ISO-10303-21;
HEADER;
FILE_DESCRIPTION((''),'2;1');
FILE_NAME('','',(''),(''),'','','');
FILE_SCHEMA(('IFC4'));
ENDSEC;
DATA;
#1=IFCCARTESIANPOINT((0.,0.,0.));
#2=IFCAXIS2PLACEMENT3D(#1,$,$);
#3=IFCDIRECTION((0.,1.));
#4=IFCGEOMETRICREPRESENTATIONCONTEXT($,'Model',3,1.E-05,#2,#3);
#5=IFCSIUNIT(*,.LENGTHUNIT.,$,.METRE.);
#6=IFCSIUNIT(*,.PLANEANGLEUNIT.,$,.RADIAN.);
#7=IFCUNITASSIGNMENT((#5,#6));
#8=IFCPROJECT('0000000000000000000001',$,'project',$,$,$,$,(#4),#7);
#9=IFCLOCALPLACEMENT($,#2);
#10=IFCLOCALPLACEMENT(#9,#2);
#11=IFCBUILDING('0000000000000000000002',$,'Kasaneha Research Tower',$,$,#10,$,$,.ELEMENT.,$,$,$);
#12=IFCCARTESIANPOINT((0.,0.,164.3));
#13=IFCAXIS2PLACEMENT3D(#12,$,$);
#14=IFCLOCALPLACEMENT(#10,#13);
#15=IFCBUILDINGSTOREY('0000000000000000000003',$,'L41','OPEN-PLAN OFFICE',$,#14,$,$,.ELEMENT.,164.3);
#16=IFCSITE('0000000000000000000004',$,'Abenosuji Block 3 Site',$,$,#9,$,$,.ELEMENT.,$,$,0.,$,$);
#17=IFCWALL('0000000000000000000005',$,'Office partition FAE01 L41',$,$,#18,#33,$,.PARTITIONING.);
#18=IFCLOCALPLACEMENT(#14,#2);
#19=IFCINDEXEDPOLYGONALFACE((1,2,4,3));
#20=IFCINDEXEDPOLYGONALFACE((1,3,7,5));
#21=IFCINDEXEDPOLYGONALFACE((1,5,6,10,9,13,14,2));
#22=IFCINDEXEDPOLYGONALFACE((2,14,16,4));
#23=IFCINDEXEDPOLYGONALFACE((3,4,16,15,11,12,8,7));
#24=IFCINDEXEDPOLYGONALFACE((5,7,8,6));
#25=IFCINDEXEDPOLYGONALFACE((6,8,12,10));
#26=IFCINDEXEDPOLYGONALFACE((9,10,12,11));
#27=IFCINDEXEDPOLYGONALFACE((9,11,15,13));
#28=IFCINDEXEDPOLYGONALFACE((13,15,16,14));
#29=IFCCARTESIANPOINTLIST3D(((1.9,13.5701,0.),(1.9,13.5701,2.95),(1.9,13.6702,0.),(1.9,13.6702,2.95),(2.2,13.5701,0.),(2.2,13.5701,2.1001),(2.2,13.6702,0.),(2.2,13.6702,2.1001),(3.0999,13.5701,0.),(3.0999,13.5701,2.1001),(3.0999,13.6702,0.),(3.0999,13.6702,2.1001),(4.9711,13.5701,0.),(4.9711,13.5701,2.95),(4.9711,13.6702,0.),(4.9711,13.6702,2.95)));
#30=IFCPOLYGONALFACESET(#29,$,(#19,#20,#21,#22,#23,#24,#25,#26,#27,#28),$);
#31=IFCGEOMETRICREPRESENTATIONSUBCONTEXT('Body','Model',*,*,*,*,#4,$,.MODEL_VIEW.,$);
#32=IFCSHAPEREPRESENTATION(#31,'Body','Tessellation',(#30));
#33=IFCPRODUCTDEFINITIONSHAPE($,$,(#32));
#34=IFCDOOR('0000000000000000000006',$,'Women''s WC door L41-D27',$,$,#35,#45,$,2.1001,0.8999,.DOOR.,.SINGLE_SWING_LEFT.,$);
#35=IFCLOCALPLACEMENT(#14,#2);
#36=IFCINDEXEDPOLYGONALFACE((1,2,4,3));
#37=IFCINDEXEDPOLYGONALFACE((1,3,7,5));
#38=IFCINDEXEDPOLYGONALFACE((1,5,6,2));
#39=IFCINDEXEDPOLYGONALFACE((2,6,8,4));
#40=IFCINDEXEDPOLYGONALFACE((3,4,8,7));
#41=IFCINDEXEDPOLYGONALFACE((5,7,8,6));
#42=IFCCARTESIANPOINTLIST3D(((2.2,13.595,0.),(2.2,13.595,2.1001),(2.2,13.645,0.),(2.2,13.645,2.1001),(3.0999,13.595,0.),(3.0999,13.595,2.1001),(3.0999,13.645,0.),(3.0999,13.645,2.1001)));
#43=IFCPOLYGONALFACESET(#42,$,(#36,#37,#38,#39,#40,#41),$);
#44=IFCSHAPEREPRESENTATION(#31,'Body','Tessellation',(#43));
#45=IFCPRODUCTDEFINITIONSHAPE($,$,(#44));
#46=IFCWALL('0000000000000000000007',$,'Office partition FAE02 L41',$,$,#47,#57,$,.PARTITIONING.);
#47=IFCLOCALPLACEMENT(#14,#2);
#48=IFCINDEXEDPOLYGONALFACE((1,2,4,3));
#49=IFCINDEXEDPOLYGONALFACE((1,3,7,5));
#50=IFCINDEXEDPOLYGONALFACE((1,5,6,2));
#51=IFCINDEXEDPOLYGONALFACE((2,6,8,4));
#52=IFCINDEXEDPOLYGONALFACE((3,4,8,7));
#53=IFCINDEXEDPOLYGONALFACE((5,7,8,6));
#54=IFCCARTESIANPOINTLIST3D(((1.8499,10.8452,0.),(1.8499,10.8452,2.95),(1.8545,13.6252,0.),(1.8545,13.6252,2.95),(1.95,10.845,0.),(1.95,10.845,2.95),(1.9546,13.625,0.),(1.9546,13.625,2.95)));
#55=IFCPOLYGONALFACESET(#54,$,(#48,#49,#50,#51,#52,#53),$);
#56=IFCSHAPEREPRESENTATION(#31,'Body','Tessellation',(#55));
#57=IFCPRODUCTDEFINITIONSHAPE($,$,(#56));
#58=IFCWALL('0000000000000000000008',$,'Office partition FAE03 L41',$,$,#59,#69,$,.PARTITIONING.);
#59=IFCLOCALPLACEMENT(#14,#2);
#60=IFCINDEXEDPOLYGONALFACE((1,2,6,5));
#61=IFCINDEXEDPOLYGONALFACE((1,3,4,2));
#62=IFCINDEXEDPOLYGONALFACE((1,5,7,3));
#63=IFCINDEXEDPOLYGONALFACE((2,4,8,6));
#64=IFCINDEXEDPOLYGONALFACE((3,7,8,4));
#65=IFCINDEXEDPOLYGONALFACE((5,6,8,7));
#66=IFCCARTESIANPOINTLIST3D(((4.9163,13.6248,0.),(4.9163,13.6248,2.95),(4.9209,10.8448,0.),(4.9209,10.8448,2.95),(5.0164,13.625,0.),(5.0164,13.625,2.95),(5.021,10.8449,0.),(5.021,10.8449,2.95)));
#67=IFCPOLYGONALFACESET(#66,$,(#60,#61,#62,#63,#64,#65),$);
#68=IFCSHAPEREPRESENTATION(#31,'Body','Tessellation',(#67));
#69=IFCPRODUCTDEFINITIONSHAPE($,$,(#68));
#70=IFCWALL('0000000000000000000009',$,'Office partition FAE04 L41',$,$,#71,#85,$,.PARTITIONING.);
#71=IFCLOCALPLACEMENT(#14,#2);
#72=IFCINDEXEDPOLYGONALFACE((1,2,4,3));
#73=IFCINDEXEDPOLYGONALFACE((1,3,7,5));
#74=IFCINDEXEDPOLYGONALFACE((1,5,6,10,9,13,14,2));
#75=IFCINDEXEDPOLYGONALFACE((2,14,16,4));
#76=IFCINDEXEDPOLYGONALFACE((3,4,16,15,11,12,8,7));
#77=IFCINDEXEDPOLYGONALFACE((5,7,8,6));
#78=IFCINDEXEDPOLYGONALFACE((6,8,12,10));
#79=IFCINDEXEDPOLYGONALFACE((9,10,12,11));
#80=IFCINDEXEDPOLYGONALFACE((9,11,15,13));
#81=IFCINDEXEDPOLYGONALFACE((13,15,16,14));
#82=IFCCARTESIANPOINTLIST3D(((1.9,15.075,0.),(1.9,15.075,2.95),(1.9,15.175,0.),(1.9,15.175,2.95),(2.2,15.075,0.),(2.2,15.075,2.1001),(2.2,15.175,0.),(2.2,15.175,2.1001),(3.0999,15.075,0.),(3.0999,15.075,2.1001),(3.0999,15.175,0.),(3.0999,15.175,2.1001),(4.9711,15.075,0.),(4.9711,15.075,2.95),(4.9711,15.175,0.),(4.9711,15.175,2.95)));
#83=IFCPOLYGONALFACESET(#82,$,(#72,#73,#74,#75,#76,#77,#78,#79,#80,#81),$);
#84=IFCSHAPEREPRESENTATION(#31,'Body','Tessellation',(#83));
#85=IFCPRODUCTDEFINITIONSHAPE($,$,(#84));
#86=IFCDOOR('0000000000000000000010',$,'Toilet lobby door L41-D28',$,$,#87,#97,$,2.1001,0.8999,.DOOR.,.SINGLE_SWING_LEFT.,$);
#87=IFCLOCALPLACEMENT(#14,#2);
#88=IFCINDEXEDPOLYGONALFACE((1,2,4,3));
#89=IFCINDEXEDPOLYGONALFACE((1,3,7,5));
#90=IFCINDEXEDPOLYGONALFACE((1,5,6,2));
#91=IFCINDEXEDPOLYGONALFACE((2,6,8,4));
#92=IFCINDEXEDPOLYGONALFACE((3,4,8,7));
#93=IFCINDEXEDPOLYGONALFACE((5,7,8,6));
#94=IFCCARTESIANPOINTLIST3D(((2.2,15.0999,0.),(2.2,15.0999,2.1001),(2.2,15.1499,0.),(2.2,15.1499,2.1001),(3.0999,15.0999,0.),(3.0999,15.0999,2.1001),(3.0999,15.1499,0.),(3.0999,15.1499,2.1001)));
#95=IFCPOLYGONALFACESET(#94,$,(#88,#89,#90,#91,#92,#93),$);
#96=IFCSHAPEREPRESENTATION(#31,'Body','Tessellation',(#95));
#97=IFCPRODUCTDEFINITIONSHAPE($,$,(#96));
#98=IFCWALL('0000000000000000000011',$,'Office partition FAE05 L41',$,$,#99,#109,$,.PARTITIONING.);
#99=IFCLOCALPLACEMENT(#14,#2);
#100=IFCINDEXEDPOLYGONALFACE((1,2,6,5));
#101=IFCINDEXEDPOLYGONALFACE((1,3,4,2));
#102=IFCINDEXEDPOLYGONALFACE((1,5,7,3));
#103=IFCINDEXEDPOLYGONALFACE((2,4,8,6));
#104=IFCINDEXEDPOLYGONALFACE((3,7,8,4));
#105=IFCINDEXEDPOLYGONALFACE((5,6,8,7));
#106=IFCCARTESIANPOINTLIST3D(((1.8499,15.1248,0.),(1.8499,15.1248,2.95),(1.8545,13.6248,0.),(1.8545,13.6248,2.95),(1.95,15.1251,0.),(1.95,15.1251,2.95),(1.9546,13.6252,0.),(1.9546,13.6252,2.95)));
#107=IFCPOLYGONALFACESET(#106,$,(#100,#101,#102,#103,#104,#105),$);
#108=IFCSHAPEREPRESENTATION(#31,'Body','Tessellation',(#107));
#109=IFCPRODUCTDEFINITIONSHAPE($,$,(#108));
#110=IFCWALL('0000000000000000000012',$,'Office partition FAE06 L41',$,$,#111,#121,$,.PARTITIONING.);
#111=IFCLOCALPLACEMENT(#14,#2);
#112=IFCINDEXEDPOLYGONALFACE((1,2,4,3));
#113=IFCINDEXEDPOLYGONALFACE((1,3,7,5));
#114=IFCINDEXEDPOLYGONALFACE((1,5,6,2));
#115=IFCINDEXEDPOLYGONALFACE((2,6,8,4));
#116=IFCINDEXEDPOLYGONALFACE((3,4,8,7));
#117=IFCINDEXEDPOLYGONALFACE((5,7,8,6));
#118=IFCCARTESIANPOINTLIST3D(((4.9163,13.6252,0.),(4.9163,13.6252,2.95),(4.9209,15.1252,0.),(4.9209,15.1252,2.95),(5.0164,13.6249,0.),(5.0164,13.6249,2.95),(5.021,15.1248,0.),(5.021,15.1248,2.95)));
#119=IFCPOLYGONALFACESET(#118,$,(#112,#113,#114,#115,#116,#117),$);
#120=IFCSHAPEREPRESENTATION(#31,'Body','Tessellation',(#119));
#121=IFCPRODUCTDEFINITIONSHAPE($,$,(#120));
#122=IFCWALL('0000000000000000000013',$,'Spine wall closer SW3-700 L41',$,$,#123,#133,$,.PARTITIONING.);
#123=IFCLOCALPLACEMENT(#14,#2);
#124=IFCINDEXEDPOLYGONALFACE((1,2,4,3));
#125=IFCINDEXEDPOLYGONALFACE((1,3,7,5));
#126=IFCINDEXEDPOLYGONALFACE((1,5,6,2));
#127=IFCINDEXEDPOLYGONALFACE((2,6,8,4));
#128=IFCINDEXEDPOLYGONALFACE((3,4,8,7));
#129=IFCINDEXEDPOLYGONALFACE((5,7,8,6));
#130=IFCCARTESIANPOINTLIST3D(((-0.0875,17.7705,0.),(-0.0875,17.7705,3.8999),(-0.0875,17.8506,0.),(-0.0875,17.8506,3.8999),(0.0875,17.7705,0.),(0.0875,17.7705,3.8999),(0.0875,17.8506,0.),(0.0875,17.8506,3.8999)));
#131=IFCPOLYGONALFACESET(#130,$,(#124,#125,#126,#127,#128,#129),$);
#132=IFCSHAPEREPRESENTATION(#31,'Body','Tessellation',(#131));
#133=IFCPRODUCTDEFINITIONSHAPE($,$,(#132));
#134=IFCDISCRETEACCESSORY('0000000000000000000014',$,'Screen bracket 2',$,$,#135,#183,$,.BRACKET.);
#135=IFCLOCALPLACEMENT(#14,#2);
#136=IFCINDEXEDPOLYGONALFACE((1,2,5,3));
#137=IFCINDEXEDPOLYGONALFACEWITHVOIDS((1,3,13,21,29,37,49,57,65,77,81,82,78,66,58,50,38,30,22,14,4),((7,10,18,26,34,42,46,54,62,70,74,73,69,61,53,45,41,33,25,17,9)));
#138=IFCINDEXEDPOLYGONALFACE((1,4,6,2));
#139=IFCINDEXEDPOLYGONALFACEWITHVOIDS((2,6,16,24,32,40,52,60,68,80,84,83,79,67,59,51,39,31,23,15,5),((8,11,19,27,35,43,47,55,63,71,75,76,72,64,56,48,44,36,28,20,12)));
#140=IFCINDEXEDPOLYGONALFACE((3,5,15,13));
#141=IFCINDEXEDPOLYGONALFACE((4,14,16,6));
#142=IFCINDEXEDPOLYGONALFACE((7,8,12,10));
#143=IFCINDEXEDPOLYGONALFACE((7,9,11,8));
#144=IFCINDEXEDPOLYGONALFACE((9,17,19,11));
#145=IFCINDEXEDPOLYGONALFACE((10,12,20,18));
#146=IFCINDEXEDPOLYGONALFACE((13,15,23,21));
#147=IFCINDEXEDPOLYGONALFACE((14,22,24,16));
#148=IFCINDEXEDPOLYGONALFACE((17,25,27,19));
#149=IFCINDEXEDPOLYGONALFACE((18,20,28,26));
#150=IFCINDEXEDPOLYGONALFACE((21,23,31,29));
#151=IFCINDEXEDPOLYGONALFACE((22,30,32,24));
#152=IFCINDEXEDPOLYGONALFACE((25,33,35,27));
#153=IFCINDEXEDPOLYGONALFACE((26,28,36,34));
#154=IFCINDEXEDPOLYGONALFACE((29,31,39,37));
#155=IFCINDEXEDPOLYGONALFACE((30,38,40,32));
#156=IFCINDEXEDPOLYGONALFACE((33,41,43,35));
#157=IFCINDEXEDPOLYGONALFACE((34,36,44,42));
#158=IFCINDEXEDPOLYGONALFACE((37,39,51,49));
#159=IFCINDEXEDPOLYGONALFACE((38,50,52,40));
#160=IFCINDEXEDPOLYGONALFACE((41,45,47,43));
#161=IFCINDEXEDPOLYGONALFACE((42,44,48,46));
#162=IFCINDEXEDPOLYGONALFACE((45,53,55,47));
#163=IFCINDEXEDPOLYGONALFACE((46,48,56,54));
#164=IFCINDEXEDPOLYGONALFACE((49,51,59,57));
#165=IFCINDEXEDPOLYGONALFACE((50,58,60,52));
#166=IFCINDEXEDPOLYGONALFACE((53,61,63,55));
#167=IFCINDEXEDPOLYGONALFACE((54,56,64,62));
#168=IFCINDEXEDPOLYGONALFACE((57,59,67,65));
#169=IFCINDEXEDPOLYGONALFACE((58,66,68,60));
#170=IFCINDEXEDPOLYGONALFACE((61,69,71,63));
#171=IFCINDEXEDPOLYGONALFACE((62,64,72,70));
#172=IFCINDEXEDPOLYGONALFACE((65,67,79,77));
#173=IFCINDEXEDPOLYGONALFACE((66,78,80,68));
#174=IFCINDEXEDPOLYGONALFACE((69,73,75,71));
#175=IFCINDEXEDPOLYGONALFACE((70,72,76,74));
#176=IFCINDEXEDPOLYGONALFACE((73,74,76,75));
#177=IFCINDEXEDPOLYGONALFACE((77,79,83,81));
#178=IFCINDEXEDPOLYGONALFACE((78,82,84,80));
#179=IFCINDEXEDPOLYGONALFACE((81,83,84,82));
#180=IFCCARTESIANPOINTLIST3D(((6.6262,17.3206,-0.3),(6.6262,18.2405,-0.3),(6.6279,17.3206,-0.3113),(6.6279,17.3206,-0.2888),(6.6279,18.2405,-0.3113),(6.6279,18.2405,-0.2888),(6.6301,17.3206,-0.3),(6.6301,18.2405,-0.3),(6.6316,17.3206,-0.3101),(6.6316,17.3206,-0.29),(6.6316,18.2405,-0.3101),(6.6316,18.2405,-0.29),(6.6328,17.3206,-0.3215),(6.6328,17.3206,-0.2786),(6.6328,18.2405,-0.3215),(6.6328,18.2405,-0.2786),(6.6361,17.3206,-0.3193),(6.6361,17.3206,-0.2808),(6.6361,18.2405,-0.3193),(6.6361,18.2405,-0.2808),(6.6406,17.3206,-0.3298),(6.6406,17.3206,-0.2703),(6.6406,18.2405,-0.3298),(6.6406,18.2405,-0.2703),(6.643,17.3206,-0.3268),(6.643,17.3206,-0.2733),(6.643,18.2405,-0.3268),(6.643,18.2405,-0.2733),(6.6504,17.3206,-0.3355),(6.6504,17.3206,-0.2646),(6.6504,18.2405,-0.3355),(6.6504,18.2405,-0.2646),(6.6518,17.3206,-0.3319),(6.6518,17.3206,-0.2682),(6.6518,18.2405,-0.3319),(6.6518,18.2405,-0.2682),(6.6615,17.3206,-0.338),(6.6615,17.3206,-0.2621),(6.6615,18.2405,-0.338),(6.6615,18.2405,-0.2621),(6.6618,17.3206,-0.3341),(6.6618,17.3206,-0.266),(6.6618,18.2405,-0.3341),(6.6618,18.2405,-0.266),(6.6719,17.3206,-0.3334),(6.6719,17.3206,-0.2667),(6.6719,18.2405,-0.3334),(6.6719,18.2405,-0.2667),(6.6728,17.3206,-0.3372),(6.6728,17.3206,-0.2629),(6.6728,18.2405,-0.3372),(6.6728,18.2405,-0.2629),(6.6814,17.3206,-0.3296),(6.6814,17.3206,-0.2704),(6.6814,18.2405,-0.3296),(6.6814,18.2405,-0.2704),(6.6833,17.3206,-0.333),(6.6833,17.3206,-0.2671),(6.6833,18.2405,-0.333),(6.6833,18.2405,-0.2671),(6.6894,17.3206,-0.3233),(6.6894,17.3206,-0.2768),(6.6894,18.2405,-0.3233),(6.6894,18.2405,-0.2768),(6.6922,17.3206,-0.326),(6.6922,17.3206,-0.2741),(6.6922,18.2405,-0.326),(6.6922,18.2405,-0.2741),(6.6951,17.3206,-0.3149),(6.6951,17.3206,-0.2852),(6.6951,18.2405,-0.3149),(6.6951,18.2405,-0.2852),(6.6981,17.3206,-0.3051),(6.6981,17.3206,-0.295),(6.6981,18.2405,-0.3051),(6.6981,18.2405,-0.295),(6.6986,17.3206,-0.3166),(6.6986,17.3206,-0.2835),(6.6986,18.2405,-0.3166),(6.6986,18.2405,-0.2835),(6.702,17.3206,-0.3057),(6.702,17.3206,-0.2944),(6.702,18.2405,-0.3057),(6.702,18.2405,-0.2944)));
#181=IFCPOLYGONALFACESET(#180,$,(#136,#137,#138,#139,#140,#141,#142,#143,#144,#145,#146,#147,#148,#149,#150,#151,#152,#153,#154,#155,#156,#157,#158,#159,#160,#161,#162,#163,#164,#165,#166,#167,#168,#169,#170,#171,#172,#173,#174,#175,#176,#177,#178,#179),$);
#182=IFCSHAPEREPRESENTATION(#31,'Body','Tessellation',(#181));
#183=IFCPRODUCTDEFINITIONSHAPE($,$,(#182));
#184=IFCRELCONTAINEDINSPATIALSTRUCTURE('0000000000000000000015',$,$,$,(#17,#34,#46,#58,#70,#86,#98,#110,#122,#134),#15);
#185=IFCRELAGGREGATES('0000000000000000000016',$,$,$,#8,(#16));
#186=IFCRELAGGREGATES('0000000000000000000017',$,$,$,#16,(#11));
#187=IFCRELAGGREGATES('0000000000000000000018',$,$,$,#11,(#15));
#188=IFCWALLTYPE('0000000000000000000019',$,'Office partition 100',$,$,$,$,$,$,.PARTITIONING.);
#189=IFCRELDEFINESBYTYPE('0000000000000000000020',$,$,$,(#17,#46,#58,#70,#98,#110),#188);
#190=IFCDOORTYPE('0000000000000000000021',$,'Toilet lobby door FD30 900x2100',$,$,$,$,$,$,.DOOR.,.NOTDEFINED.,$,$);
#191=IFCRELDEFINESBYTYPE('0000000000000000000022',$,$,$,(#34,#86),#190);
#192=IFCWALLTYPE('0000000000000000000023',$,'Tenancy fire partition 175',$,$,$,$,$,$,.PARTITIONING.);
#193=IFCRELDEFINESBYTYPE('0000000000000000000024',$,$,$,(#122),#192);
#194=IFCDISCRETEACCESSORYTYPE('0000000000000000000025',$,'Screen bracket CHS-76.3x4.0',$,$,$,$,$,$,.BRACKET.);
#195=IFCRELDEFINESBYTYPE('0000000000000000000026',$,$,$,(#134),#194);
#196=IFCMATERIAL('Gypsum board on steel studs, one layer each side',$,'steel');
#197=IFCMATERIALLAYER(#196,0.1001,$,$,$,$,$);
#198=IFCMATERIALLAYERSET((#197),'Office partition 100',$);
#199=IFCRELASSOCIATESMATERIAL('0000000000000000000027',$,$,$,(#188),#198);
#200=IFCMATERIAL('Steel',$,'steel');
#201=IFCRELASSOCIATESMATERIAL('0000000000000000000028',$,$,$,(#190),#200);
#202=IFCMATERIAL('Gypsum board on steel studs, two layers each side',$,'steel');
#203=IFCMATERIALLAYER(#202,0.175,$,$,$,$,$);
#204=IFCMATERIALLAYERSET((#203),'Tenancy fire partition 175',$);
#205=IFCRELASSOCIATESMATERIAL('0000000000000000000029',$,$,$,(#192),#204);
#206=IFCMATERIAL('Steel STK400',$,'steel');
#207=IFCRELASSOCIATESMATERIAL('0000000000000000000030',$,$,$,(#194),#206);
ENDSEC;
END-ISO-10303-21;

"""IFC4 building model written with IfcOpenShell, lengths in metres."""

from ifc_helpers import new_model, si_unit, direction, frame, frame_2d, origin, origin_2d, place, context, subcontext, project, spatial, rectangle, hollow_circle, extrude, material, layer, layer_set, material_profile, profile_set, type_object, element, fill, save


model = new_model("IFC4")

# Units and contexts
model_context = context("Model", 3, precision=1e-05, world=origin(), true_north=direction((0.0, 1.0)))
body_context = subcontext(model_context, "Body", "Model", "MODEL_VIEW")
ifc_project = project(units=[si_unit("LENGTHUNIT", "METRE"), si_unit("PLANEANGLEUNIT", "RADIAN")], contexts=[model_context])

# Site, building, storey
site_placement = place(None, origin())
site = spatial("IfcSite", under=ifc_project, at=site_placement, Name="Abenosuji Block 3 Site", CompositionType="ELEMENT", RefElevation=0.0)
building_placement = place(site_placement, origin())
building = spatial("IfcBuilding", under=site, at=building_placement, Name="Kasaneha Research Tower", CompositionType="ELEMENT")
storey_placement = place(building_placement, frame((0.0, 0.0, 164.3)))
storey = spatial("IfcBuildingStorey", under=building, at=storey_placement, Name="L41", Description="OPEN-PLAN OFFICE", CompositionType="ELEMENT", Elevation=164.3)

# Wall, opening, door
ifc_material_1 = material(Name="Gypsum board on steel studs, one layer each side", Category="steel")
ifc_layer_1 = layer(ifc_material_1, 0.1001)
ifc_layer_set_1 = layer_set([ifc_layer_1], Name="Office partition 100")
wall_type_1 = type_object("IfcWallType", Name="Office partition 100", PredefinedType="PARTITIONING", material=ifc_layer_set_1)
wall_1_placement = place(storey_placement, frame((1.8999, 13.6201, 0.0), z_axis=(0.0, 0.0, 1.0), x_axis=(1.0, 0.0, 0.0)))
wall_1 = element("IfcWall", 1, at=wall_1_placement, inside=storey, type_object=wall_type_1, Name="Office partition FAE01 L41", PredefinedType="PARTITIONING", context=body_context, shape_type="SweptSolid", body=[
    extrude(rectangle(XDim=3.071, YDim=0.1001, at=frame_2d((1.5356, 0.0))), origin(), (0.0, 0.0, 1.0), 2.95),
])
opening_1_placement = place(wall_1_placement, frame((0.3, 0.0, 0.0)))
opening_1 = element("IfcOpeningElement", 2, at=opening_1_placement, cuts=wall_1, PredefinedType="OPENING", context=body_context, shape_type="SweptSolid", body=[
    extrude(rectangle(XDim=0.8999, YDim=2.1001, at=frame_2d((0.45, 1.05))), frame((0.0, 0.0601, 0.0), z_axis=(0.0, -1.0, 0.0), x_axis=(1.0, 0.0, 0.0)), (0.0, 0.0, 1.0), 0.1201),
])
ifc_material_2 = material(Name="Steel", Category="steel")
door_type = type_object("IfcDoorType", Name="Toilet lobby door FD30 900x2100", OperationType="NOTDEFINED", PredefinedType="DOOR", material=ifc_material_2)
door_1_placement = place(opening_1_placement, origin())
door_1 = element("IfcDoor", 3, at=door_1_placement, inside=storey, type_object=door_type, Name="Women's WC door L41-D27", OperationType="SINGLE_SWING_LEFT", OverallHeight=2.1001, OverallWidth=0.8999, PredefinedType="DOOR", context=body_context, shape_type="SweptSolid", body=[
    extrude(rectangle(XDim=0.8999, YDim=2.1001, at=frame_2d((0.45, 1.05))), frame((0.0, 0.0249, 0.0), z_axis=(0.0, -1.0, 0.0), x_axis=(1.0, 0.0, 0.0)), (0.0, 0.0, 1.0), 0.05),
])
fill(opening_1, door_1)

# Walls
for number, where, z_axis, x_axis, name in (
    (4, (1.8999, 10.845, 0.0), (0.0, 0.0, 1.0), (0.001669, 0.999999, 0.0), "Office partition FAE02 L41"),
    (5, (4.9663, 13.625, 0.0), (0.0, 0.0, 1.0), (0.001669, -0.999999, 0.0), "Office partition FAE03 L41"),
):
    element("IfcWall", number, at=place(storey_placement, frame(where, z_axis=z_axis, x_axis=x_axis)), inside=storey, type_object=wall_type_1, Name=name, PredefinedType="PARTITIONING", context=body_context, shape_type="SweptSolid", body=[
        extrude(rectangle(XDim=2.78, YDim=0.1001, at=frame_2d((1.3901, 0.0))), origin(), (0.0, 0.0, 1.0), 2.95),
    ])

# Wall, opening, door
wall_2_placement = place(storey_placement, frame((1.8999, 15.125, 0.0), z_axis=(0.0, 0.0, 1.0), x_axis=(1.0, 0.0, 0.0)))
wall_2 = element("IfcWall", 6, at=wall_2_placement, inside=storey, type_object=wall_type_1, Name="Office partition FAE04 L41", PredefinedType="PARTITIONING", context=body_context, shape_type="SweptSolid", body=[
    extrude(rectangle(XDim=3.071, YDim=0.1001, at=frame_2d((1.5356, 0.0))), origin(), (0.0, 0.0, 1.0), 2.95),
])
opening_2_placement = place(wall_2_placement, frame((0.3, 0.0, 0.0)))
opening_2 = element("IfcOpeningElement", 7, at=opening_2_placement, cuts=wall_2, PredefinedType="OPENING", context=body_context, shape_type="SweptSolid", body=[
    extrude(rectangle(XDim=0.8999, YDim=2.1001, at=frame_2d((0.45, 1.05))), frame((0.0, 0.0601, 0.0), z_axis=(0.0, -1.0, 0.0), x_axis=(1.0, 0.0, 0.0)), (0.0, 0.0, 1.0), 0.1201),
])
door_2_placement = place(opening_2_placement, origin())
door_2 = element("IfcDoor", 8, at=door_2_placement, inside=storey, type_object=door_type, Name="Toilet lobby door L41-D28", OperationType="SINGLE_SWING_LEFT", OverallHeight=2.1001, OverallWidth=0.8999, PredefinedType="DOOR", context=body_context, shape_type="SweptSolid", body=[
    extrude(rectangle(XDim=0.8999, YDim=2.1001, at=frame_2d((0.45, 1.05))), frame((0.0, 0.0249, 0.0), z_axis=(0.0, -1.0, 0.0), x_axis=(1.0, 0.0, 0.0)), (0.0, 0.0, 1.0), 0.05),
])
fill(opening_2, door_2)

# Walls
for number, where, z_axis, x_axis, name in (
    (9, (1.9045, 13.625, 0.0), (0.0, 0.0, 1.0), (-0.003092, 0.999995, 0.0), "Office partition FAE05 L41"),
    (10, (4.9709, 15.125, 0.0), (0.0, 0.0, 1.0), (-0.003092, -0.999995, 0.0), "Office partition FAE06 L41"),
):
    element("IfcWall", number, at=place(storey_placement, frame(where, z_axis=z_axis, x_axis=x_axis)), inside=storey, type_object=wall_type_1, Name=name, PredefinedType="PARTITIONING", context=body_context, shape_type="SweptSolid", body=[
        extrude(rectangle(XDim=1.5, YDim=0.1001, at=frame_2d((0.75, 0.0))), origin(), (0.0, 0.0, 1.0), 2.95),
    ])
ifc_material_3 = material(Name="Gypsum board on steel studs, two layers each side", Category="steel")
ifc_layer_2 = layer(ifc_material_3, 0.175)
ifc_layer_set_2 = layer_set([ifc_layer_2], Name="Tenancy fire partition 175")
wall_type_2 = type_object("IfcWallType", Name="Tenancy fire partition 175", PredefinedType="PARTITIONING", material=ifc_layer_set_2)
wall_3_placement = place(storey_placement, frame((0.0, 17.7705, 0.0), z_axis=(0.0, 0.0, 1.0), x_axis=(0.0, 1.0, 0.0)))
element("IfcWall", 11, at=wall_3_placement, inside=storey, type_object=wall_type_2, Name="Spine wall closer SW3-700 L41", PredefinedType="PARTITIONING", context=body_context, shape_type="SweptSolid", body=[
    extrude(rectangle(XDim=0.0801, YDim=0.175, at=frame_2d((0.04, 0.0))), origin(), (0.0, 0.0, 1.0), 3.8999),
])

# Discrete accessory
ifc_material_4 = material(Name="Steel STK400", Category="steel")
ifc_material_profile_1 = material_profile(ifc_material_4, hollow_circle(Radius=0.0381, WallThickness=0.0039, at=origin_2d()), Name="CHS-76.3x4.0")
ifc_profile_set_1 = profile_set([ifc_material_profile_1], Name="Steel STK400")
discrete_accessory_type = type_object("IfcDiscreteAccessoryType", Name="Screen bracket CHS-76.3x4.0", PredefinedType="BRACKET", material=ifc_profile_set_1)
for number, where, z_axis, x_axis, name in (
    (12, (6.6643, 17.3206, -0.3), (0.0, 1.0, 0.0), (-1.0, 0.0, 0.0), "Screen bracket 2"),
):
    element("IfcDiscreteAccessory", number, at=place(storey_placement, frame(where, z_axis=z_axis, x_axis=x_axis)), inside=storey, type_object=discrete_accessory_type, Name=name, PredefinedType="BRACKET", context=body_context, shape_type="SweptSolid", body=[
        extrude(hollow_circle(Radius=0.0381, WallThickness=0.0039, at=origin_2d()), origin(), (0.0, 0.0, 1.0), 0.9199),
    ])

save(model, "model.ifc")
